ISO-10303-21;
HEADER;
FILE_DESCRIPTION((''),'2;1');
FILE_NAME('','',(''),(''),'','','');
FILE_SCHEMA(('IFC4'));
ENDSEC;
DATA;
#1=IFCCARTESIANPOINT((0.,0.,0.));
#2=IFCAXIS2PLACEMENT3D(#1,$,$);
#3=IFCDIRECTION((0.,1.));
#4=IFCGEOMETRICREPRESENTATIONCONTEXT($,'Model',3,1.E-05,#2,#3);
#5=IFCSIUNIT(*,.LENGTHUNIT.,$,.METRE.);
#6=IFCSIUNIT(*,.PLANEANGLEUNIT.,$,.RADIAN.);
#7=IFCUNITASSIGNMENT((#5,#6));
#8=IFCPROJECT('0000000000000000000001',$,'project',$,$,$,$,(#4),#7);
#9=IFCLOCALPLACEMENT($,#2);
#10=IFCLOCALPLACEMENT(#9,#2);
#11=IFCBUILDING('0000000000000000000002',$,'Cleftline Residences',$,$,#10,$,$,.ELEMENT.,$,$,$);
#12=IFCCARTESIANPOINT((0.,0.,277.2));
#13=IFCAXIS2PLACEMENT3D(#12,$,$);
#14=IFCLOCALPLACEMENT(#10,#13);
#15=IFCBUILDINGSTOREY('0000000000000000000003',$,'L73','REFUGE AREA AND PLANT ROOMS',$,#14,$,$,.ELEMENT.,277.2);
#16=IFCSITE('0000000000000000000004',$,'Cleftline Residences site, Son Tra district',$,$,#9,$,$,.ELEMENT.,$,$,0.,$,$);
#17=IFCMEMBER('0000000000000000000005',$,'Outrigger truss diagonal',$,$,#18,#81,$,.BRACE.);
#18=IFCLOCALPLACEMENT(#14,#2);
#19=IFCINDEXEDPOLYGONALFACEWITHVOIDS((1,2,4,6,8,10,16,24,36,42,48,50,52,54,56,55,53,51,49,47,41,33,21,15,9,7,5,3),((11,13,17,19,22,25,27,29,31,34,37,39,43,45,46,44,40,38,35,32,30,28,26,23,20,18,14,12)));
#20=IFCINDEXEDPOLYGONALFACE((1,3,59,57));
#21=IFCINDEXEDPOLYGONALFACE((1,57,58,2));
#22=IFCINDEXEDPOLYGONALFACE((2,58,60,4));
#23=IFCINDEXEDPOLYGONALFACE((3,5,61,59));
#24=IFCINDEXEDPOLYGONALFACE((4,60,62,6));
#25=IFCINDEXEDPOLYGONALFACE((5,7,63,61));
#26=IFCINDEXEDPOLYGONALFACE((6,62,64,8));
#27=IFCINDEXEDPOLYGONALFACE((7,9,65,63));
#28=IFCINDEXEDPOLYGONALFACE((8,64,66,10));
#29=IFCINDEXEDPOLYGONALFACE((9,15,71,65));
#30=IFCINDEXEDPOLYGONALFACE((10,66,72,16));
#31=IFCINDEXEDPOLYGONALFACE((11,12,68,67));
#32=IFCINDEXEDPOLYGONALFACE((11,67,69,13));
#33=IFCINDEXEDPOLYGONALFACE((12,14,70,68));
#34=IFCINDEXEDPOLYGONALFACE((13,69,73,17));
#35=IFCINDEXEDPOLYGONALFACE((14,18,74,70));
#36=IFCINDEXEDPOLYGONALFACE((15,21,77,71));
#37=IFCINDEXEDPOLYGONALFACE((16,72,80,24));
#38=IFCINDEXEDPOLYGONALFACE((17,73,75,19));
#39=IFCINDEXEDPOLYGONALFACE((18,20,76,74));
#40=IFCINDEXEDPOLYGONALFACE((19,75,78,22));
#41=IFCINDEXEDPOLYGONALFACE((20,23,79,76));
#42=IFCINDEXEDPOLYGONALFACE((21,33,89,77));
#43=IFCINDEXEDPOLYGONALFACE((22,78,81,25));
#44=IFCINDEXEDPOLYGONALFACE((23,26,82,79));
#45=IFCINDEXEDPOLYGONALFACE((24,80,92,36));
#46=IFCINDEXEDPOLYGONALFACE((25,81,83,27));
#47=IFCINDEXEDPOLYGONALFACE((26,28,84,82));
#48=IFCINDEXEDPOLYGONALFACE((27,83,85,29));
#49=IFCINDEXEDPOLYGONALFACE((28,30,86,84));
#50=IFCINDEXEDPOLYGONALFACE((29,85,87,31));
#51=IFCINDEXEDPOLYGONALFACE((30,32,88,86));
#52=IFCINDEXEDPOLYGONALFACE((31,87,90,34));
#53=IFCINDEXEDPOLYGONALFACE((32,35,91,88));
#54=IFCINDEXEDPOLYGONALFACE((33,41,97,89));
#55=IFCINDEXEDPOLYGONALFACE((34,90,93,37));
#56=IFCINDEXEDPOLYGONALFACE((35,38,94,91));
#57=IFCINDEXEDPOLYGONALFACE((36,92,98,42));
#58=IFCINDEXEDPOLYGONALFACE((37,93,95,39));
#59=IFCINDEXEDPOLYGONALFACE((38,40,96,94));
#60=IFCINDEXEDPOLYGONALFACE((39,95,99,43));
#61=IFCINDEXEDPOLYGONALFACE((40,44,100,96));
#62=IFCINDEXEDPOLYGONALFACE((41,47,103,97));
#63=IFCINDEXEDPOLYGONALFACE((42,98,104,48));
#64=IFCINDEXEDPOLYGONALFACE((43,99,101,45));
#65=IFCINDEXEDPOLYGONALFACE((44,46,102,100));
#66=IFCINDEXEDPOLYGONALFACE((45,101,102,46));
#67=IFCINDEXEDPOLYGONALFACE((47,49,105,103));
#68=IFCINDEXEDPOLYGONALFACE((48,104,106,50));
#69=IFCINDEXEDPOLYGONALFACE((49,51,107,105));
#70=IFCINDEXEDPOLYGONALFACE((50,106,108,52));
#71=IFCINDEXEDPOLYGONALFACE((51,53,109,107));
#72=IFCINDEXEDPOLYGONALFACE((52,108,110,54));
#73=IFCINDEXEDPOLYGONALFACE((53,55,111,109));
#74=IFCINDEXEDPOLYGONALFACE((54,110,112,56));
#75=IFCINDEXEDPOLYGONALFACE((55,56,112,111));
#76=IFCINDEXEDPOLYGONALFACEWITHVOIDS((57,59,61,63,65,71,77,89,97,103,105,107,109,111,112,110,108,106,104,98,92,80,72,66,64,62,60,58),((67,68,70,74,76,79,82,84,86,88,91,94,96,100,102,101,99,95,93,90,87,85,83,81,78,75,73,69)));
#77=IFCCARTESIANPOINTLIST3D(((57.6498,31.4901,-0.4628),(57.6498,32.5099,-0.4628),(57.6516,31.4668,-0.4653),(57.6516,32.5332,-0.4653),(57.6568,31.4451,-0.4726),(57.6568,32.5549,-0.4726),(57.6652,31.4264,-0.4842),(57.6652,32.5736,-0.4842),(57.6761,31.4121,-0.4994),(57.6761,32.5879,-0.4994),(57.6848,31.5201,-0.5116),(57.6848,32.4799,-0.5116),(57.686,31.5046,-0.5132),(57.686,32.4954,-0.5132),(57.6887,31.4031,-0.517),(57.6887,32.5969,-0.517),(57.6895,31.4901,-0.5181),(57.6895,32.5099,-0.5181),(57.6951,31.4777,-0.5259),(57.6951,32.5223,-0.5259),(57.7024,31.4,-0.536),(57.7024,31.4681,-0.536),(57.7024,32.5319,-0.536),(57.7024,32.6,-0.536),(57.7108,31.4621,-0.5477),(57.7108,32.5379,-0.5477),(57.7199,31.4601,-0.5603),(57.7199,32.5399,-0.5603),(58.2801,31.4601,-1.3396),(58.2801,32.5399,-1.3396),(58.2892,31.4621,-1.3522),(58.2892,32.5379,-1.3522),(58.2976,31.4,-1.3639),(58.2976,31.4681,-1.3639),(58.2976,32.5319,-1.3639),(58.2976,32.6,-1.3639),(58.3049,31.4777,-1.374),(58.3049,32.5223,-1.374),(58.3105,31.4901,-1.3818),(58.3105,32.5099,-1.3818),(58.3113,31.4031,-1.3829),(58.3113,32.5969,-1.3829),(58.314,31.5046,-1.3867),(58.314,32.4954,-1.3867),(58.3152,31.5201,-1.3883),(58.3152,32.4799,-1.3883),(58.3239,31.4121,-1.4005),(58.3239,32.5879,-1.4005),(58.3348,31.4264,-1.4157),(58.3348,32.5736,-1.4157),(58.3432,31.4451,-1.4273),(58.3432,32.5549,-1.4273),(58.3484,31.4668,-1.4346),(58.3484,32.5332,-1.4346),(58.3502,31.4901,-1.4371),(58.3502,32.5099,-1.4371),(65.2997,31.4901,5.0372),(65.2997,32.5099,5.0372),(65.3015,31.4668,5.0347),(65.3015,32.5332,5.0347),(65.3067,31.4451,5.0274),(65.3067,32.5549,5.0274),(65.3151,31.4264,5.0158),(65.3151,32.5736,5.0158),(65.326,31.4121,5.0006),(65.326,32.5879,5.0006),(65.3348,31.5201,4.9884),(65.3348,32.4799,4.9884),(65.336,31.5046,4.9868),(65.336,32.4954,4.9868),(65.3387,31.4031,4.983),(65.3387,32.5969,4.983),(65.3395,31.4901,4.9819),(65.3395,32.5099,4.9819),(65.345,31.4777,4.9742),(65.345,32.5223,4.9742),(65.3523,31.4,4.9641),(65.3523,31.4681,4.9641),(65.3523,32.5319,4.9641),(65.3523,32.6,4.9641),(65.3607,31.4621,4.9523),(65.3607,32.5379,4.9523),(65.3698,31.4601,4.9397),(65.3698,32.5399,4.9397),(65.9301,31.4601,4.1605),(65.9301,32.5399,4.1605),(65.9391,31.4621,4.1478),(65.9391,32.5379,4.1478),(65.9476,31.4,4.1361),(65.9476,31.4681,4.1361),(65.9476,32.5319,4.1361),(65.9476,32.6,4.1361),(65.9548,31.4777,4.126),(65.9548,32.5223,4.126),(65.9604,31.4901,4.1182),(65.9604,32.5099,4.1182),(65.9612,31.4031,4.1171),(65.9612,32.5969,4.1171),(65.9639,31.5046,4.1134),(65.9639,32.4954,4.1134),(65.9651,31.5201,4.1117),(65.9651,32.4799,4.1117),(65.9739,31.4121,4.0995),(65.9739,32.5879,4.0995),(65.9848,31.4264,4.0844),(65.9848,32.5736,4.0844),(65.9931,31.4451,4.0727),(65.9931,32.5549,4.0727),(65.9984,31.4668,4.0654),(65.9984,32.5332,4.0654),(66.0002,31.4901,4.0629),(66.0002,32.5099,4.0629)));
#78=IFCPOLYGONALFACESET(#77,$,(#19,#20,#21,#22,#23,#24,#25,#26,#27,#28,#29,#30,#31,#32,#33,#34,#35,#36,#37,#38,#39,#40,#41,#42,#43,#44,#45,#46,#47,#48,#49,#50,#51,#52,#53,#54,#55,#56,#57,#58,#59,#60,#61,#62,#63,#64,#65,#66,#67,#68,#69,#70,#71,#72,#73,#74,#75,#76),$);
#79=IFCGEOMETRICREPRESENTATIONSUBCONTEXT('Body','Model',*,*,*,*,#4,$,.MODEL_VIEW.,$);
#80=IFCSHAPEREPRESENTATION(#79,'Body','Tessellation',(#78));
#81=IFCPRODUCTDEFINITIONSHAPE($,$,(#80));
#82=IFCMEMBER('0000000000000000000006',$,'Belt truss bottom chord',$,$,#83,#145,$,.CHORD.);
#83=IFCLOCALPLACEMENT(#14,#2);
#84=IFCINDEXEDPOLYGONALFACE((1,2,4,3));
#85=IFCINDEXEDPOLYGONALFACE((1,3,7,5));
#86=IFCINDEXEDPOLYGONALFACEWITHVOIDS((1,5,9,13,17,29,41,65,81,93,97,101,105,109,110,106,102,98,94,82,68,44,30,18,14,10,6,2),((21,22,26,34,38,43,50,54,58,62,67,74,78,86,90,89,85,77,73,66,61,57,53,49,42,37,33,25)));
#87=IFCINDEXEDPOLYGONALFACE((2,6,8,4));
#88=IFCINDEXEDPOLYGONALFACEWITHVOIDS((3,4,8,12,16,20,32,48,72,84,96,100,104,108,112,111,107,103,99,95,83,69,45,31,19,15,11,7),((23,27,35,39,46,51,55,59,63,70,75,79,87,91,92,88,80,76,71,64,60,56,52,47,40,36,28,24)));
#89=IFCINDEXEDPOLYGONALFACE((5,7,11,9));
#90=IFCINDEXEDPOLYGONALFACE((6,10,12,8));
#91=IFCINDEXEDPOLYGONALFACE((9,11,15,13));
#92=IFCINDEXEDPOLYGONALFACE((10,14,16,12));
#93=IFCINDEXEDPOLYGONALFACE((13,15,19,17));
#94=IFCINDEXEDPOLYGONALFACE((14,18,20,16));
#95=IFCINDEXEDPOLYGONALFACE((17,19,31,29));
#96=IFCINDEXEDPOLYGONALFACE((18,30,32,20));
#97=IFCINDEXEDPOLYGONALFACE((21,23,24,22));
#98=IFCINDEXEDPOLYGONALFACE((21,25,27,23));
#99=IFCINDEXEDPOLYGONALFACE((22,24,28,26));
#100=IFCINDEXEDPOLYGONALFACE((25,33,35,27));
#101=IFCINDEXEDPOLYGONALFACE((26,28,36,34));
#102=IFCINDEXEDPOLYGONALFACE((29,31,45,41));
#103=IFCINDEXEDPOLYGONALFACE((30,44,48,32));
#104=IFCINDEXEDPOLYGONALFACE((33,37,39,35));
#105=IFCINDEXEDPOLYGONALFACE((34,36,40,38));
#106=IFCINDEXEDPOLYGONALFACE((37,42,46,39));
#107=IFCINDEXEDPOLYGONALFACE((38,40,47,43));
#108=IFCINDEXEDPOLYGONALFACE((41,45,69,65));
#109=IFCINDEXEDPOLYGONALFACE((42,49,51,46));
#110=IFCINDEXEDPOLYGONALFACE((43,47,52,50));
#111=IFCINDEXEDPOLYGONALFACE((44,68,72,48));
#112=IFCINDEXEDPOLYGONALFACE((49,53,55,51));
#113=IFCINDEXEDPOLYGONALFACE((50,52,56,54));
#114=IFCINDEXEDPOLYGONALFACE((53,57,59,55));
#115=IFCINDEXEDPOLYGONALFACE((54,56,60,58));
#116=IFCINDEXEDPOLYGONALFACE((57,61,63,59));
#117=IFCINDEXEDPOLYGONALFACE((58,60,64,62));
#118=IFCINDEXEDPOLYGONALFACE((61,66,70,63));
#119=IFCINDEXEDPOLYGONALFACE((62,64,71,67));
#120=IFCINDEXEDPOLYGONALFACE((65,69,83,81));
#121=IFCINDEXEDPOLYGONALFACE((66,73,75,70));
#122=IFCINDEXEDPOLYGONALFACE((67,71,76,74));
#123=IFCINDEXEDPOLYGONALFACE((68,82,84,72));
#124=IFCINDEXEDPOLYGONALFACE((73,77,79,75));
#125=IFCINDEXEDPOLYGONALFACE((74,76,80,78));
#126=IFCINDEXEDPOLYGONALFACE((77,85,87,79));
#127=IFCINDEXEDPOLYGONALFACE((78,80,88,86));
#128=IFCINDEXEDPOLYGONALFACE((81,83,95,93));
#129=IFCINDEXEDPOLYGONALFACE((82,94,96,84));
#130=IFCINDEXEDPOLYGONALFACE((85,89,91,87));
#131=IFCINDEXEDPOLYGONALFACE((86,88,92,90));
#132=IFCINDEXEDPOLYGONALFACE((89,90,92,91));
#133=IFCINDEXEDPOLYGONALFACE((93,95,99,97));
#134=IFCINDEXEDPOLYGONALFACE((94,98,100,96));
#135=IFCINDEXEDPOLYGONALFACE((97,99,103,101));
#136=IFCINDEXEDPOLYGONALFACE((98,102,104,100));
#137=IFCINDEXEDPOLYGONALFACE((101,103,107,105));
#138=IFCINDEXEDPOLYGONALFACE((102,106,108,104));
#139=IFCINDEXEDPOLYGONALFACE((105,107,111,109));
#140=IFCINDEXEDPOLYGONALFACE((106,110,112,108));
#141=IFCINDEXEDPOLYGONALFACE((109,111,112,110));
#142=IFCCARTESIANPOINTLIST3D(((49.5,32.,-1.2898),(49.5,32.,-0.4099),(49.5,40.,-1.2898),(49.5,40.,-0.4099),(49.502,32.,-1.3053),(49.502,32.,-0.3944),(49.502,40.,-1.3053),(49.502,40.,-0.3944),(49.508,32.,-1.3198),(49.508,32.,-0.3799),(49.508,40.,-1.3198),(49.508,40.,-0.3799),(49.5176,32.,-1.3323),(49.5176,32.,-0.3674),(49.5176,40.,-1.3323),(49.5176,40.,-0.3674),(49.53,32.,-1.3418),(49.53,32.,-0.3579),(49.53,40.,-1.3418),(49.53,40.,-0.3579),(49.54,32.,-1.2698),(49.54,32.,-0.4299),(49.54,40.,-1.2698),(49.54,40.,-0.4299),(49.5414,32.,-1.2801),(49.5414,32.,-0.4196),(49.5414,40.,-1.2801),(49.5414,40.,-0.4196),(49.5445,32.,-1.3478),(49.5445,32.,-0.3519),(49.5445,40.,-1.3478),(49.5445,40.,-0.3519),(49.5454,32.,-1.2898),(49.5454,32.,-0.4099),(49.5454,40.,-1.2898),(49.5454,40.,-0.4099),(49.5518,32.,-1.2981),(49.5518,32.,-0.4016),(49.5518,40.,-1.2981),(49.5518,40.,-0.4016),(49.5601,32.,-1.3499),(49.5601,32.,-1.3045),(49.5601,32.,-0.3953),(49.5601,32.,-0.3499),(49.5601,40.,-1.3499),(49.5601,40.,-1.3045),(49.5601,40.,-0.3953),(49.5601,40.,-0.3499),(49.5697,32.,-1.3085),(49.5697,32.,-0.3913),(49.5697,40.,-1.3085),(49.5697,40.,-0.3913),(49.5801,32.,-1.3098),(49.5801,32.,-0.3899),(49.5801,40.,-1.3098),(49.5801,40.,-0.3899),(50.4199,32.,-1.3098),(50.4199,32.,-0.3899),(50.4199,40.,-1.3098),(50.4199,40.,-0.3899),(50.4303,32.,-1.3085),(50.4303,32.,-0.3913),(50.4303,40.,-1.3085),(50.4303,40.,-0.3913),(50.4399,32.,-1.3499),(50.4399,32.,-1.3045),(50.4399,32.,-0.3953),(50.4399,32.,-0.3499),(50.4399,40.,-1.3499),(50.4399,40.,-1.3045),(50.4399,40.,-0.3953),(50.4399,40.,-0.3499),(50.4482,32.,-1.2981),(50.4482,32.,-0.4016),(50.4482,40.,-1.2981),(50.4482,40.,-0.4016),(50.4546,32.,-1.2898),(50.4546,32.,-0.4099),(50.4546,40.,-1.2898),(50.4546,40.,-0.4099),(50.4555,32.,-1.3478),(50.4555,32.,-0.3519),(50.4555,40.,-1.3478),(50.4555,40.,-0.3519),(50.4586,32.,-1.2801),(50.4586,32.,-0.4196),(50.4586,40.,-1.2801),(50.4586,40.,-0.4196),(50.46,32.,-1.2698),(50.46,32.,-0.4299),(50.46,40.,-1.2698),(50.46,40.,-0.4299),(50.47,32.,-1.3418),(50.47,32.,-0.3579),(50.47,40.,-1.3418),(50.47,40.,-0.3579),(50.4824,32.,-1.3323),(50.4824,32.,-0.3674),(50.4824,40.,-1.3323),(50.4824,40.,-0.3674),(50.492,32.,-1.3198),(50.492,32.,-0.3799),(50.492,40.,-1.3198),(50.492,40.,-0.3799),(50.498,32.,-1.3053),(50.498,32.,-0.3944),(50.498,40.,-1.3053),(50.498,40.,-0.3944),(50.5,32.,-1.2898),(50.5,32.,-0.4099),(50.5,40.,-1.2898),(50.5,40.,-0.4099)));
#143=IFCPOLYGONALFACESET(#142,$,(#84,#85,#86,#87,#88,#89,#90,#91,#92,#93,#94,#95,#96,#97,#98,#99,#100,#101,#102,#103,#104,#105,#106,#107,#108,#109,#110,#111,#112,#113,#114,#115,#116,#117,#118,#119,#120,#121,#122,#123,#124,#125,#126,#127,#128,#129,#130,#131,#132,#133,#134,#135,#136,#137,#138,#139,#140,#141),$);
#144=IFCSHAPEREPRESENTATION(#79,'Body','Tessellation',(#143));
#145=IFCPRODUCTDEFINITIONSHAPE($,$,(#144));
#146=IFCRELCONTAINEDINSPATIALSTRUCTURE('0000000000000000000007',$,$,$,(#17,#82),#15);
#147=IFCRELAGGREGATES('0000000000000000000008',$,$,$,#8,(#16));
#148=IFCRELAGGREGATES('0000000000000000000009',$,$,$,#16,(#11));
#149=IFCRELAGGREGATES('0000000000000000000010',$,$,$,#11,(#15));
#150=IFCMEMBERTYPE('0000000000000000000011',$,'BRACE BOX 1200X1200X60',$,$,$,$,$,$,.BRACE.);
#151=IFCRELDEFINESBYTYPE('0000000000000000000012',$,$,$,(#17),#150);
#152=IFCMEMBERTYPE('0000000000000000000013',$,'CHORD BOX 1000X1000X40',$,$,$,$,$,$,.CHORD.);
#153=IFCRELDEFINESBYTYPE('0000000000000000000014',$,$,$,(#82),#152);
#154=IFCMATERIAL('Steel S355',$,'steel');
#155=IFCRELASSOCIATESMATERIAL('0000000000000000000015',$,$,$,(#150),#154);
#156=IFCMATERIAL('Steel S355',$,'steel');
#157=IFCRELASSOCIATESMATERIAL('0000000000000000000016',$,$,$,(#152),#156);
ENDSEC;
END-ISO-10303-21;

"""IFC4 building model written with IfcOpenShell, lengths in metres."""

from ifc_helpers import new_model, si_unit, direction, frame, origin, origin_2d, place, context, subcontext, project, spatial, hollow_rectangle, extrude, material, material_profile, profile_set, type_object, element, save


model = new_model("IFC4")

# Units and contexts
model_context = context("Model", 3, precision=1e-05, world=origin(), true_north=direction((0.0, 1.0)))
body_context = subcontext(model_context, "Body", "Model", "MODEL_VIEW")
ifc_project = project(units=[si_unit("LENGTHUNIT", "METRE"), si_unit("PLANEANGLEUNIT", "RADIAN")], contexts=[model_context])

# Site, building, storey
site_placement = place(None, origin())
site = spatial("IfcSite", under=ifc_project, at=site_placement, Name="Cleftline Residences site, Son Tra district", CompositionType="ELEMENT", RefElevation=0.0)
building_placement = place(site_placement, origin())
building = spatial("IfcBuilding", under=site, at=building_placement, Name="Cleftline Residences", CompositionType="ELEMENT")
storey_placement = place(building_placement, frame((0.0, 0.0, 277.2)))
storey = spatial("IfcBuildingStorey", under=building, at=storey_placement, Name="L73", Description="REFUGE AREA AND PLANT ROOMS", CompositionType="ELEMENT", Elevation=277.2)

# Members
ifc_material_1 = material(Name="Steel S355", Category="steel")
ifc_material_profile_1 = material_profile(ifc_material_1, hollow_rectangle(XDim=1.2, YDim=1.2, WallThickness=0.0601, InnerFilletRadius=0.0601, OuterFilletRadius=0.0901, at=origin_2d()))
ifc_profile_set_1 = profile_set([ifc_material_profile_1], Name="Steel S355")
member_type_1 = type_object("IfcMemberType", Name="BRACE BOX 1200X1200X60", PredefinedType="BRACE", material=ifc_profile_set_1)
member_1_placement = place(storey_placement, frame((58.0, 32.0, -0.95), z_axis=(0.811933, 0.0, 0.58375), x_axis=(-0.58375, 0.0, 0.811933)))
element("IfcMember", 1, at=member_1_placement, inside=storey, type_object=member_type_1, Name="Outrigger truss diagonal", PredefinedType="BRACE", context=body_context, shape_type="SweptSolid", body=[
    extrude(hollow_rectangle(XDim=1.2, YDim=1.2, WallThickness=0.0601, InnerFilletRadius=0.0601, OuterFilletRadius=0.0901, at=origin_2d()), origin(), (0.0, 0.0, 1.0), 9.4219),
])
ifc_material_2 = material(Name="Steel S355", Category="steel")
ifc_material_profile_2 = material_profile(ifc_material_2, hollow_rectangle(XDim=1.0, YDim=1.0, WallThickness=0.04, InnerFilletRadius=0.04, OuterFilletRadius=0.0601, at=origin_2d()))
ifc_profile_set_2 = profile_set([ifc_material_profile_2], Name="Steel S355")
member_type_2 = type_object("IfcMemberType", Name="CHORD BOX 1000X1000X40", PredefinedType="CHORD", material=ifc_profile_set_2)
for number, where, z_axis, x_axis, name in (
    (2, (50.0, 32.0, -0.8499), (0.0, 1.0, 0.0), (-1.0, 0.0, 0.0), "Belt truss bottom chord"),
):
    element("IfcMember", number, at=place(storey_placement, frame(where, z_axis=z_axis, x_axis=x_axis)), inside=storey, type_object=member_type_2, Name=name, PredefinedType="CHORD", context=body_context, shape_type="SweptSolid", body=[
        extrude(hollow_rectangle(XDim=1.0, YDim=1.0, WallThickness=0.04, InnerFilletRadius=0.04, OuterFilletRadius=0.0601, at=origin_2d()), origin(), (0.0, 0.0, 1.0), 8.0),
    ])

save(model, "model.ifc")
